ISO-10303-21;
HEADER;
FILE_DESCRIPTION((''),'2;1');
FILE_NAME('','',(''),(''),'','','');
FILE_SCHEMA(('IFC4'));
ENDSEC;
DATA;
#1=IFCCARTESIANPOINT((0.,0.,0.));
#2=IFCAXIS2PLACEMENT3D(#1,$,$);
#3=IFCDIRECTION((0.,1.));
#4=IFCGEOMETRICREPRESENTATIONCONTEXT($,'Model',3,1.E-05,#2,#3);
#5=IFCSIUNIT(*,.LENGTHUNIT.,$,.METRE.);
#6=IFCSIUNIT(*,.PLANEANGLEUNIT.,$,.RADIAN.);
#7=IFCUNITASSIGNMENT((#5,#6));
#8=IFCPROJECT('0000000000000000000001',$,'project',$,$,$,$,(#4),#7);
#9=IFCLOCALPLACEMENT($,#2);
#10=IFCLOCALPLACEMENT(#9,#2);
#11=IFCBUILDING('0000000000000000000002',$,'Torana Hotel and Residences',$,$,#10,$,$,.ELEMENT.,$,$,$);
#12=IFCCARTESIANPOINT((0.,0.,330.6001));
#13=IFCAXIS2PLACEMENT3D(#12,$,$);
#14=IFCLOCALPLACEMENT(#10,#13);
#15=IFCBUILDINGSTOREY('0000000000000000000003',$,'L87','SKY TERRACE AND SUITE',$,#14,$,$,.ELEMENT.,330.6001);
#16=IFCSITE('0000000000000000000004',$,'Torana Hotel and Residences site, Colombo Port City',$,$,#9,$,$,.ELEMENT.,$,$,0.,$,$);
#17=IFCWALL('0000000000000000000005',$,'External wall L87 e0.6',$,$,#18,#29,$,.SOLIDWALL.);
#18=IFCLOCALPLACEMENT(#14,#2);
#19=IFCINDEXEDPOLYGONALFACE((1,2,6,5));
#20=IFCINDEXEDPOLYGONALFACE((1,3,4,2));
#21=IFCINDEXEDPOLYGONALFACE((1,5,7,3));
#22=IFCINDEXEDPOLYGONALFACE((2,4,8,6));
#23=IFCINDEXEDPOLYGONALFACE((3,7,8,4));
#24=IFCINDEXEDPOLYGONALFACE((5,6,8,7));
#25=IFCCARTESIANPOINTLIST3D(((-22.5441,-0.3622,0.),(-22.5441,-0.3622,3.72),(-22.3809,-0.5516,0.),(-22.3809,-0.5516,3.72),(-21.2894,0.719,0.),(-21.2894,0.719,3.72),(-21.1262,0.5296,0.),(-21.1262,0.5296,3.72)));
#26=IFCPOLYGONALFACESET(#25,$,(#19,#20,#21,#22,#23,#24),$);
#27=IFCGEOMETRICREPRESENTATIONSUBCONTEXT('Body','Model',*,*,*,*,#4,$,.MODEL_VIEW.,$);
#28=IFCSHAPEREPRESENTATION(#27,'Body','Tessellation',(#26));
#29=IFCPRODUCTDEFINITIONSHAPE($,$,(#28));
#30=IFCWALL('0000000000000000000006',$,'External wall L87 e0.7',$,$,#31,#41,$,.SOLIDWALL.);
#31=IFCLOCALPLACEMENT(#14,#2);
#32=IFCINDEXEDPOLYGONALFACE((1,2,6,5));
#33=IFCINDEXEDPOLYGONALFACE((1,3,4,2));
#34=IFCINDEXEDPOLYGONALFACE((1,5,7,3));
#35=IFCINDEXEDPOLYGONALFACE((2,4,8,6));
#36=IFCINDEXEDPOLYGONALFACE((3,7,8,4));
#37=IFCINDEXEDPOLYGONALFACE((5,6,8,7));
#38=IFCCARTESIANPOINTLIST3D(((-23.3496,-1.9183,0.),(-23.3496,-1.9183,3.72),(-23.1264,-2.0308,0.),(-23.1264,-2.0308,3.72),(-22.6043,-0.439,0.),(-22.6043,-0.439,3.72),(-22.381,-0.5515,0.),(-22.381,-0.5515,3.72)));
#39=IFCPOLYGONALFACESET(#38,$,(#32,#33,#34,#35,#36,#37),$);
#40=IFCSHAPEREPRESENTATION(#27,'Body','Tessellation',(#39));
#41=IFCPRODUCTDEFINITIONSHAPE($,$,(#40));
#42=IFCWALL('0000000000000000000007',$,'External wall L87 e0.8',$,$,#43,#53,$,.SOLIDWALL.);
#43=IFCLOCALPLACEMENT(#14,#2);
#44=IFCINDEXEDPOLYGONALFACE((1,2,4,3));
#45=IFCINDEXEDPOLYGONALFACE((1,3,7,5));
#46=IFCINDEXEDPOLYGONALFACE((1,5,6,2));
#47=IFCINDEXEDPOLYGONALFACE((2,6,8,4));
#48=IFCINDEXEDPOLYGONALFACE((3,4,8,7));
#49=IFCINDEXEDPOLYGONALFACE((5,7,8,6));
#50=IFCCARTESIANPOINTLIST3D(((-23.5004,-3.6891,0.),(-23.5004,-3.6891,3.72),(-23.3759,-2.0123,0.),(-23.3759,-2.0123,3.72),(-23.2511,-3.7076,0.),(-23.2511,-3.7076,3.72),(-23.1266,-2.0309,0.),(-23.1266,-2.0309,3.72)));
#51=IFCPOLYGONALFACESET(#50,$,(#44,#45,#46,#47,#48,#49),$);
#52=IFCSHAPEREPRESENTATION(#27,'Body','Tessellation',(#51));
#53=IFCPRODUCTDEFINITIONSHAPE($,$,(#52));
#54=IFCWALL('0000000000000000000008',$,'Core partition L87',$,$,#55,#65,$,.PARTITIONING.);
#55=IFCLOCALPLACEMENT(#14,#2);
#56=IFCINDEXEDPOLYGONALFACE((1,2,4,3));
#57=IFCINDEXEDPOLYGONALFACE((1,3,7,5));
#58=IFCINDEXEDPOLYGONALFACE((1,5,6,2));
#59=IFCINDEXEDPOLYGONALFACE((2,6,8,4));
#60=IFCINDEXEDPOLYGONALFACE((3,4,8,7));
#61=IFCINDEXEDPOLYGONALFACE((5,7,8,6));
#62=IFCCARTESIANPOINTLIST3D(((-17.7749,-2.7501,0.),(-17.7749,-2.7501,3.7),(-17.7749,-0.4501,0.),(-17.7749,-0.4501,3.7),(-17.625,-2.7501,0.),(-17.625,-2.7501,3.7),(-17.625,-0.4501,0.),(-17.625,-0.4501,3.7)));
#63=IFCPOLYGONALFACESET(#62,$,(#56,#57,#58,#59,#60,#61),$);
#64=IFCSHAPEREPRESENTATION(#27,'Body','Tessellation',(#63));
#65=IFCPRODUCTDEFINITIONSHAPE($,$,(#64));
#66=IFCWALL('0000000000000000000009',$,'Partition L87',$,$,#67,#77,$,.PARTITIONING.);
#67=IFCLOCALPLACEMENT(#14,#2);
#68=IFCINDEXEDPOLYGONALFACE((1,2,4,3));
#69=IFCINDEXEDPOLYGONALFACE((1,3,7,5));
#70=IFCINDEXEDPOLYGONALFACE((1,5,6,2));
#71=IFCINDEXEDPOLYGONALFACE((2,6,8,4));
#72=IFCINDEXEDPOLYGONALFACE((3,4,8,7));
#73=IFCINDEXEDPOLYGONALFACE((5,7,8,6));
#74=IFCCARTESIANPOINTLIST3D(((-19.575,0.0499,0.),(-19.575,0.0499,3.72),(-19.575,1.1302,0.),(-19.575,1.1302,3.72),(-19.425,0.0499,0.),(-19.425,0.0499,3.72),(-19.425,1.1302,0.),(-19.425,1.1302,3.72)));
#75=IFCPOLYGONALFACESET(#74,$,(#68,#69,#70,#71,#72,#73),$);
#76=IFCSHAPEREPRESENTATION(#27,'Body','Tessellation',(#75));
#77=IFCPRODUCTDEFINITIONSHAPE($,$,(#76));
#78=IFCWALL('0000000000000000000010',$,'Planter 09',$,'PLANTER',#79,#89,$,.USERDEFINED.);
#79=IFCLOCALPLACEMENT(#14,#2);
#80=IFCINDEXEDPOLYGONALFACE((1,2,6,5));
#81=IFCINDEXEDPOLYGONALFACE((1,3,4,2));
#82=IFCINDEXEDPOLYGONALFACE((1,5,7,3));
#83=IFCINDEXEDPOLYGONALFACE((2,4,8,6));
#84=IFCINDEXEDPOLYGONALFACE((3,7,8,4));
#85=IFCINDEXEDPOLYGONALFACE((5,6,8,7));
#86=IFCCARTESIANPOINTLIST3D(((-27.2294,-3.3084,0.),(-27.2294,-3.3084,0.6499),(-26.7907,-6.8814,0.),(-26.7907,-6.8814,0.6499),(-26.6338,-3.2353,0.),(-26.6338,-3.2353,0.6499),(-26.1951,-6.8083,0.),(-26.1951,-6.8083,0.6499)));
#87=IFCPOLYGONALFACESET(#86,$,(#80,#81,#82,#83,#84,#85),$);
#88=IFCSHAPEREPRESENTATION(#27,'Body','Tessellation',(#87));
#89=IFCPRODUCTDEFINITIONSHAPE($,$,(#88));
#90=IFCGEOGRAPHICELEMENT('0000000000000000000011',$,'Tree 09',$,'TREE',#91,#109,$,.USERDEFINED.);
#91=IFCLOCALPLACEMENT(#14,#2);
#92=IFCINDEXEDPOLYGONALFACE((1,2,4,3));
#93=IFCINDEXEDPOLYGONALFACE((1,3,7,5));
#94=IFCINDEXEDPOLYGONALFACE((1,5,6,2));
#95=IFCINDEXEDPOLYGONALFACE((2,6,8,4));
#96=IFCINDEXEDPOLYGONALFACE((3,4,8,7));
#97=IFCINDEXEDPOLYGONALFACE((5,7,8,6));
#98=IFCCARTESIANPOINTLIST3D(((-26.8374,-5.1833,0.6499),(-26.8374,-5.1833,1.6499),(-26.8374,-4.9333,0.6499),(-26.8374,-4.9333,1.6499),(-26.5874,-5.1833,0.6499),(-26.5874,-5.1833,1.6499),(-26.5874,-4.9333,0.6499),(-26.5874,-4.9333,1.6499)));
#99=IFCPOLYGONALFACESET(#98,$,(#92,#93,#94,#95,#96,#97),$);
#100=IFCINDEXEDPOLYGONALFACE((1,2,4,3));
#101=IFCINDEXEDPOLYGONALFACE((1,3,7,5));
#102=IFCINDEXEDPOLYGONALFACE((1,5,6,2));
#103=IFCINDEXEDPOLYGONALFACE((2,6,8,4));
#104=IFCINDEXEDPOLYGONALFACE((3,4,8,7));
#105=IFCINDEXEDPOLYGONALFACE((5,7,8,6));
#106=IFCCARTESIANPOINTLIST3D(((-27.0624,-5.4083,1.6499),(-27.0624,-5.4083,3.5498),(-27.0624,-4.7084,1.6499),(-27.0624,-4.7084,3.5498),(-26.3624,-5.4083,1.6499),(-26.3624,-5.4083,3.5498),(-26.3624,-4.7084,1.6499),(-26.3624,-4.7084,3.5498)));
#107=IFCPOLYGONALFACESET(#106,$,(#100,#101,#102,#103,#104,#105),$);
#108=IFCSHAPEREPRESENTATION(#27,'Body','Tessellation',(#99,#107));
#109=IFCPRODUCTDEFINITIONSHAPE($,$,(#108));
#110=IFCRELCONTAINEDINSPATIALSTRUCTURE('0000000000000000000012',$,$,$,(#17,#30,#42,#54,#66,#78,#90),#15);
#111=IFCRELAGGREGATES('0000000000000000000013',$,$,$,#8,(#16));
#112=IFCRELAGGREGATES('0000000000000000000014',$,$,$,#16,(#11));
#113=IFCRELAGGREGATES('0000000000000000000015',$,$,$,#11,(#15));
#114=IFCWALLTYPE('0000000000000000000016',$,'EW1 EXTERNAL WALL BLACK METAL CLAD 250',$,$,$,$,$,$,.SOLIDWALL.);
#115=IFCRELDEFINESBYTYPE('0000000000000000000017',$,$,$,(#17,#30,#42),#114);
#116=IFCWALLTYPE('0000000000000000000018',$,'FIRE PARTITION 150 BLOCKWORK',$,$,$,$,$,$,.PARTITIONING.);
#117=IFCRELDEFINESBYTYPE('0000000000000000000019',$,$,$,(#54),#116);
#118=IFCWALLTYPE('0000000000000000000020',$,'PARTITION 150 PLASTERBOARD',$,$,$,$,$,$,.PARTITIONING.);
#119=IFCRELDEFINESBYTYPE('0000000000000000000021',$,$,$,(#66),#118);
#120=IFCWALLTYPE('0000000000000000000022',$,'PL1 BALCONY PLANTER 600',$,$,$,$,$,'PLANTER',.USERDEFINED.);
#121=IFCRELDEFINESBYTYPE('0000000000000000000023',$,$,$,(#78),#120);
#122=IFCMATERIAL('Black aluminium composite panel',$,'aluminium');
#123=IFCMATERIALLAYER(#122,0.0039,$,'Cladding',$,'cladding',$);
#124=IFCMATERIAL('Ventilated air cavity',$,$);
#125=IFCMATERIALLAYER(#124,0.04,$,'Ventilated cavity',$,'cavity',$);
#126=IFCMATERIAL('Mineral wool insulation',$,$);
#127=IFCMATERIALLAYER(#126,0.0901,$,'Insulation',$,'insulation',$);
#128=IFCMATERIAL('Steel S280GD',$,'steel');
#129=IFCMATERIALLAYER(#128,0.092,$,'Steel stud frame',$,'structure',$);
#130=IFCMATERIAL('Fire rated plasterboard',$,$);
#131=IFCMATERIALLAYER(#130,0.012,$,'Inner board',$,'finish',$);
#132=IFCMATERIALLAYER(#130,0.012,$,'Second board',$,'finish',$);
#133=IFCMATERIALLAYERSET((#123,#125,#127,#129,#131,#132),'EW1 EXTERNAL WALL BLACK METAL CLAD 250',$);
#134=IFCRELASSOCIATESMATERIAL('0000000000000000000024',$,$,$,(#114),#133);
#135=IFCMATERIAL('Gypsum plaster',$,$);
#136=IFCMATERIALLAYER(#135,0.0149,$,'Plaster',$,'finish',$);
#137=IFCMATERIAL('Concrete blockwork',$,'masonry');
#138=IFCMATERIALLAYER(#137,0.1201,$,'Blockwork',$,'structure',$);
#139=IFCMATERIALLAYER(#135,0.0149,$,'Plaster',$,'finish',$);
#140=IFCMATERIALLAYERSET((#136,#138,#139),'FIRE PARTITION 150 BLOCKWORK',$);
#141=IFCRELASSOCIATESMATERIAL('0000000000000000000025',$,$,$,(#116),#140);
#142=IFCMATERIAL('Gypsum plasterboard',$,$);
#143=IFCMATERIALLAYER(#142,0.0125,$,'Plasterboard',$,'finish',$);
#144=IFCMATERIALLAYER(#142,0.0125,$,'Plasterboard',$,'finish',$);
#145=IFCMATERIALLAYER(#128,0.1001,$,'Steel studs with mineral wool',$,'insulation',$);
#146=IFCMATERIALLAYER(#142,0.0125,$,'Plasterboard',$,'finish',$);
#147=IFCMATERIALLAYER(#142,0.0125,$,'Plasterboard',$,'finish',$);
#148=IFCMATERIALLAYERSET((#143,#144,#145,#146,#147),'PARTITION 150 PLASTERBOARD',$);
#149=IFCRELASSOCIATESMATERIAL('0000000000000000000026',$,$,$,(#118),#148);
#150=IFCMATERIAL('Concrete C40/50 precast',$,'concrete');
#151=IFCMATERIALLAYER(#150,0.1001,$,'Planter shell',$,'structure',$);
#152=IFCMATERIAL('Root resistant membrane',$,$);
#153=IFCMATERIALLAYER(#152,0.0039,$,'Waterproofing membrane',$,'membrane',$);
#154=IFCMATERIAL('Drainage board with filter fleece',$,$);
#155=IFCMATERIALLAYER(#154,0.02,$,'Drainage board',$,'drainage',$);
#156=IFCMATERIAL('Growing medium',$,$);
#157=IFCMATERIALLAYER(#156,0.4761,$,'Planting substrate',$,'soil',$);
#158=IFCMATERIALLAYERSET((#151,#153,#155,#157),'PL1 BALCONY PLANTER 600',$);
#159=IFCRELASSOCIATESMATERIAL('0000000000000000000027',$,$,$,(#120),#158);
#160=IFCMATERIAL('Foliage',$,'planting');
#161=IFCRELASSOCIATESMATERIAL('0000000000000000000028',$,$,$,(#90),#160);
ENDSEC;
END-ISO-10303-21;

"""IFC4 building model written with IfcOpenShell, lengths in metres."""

from ifc_helpers import new_model, si_unit, direction, frame, frame_2d, origin, origin_2d, place, context, subcontext, project, spatial, rectangle, extrude, material, layer, layer_set, type_object, element, save


model = new_model("IFC4")

# Units and contexts
model_context = context("Model", 3, precision=1e-05, world=origin(), true_north=direction((0.0, 1.0)))
body_context = subcontext(model_context, "Body", "Model", "MODEL_VIEW")
ifc_project = project(units=[si_unit("LENGTHUNIT", "METRE"), si_unit("PLANEANGLEUNIT", "RADIAN")], contexts=[model_context])

# Site, building, storey
site_placement = place(None, origin())
site = spatial("IfcSite", under=ifc_project, at=site_placement, Name="Torana Hotel and Residences site, Colombo Port City", CompositionType="ELEMENT", RefElevation=0.0)
building_placement = place(site_placement, origin())
building = spatial("IfcBuilding", under=site, at=building_placement, Name="Torana Hotel and Residences", CompositionType="ELEMENT")
storey_placement = place(building_placement, frame((0.0, 0.0, 330.6001)))
storey = spatial("IfcBuildingStorey", under=building, at=storey_placement, Name="L87", Description="SKY TERRACE AND SUITE", CompositionType="ELEMENT", Elevation=330.6001)

# Walls
ifc_material_1 = material(Name="Black aluminium composite panel", Category="aluminium")
ifc_layer_1 = layer(ifc_material_1, 0.0039, Name="Cladding", Category="cladding")
ifc_material_2 = material(Name="Ventilated air cavity")
ifc_layer_2 = layer(ifc_material_2, 0.04, Name="Ventilated cavity", Category="cavity")
ifc_material_3 = material(Name="Mineral wool insulation")
ifc_layer_3 = layer(ifc_material_3, 0.0901, Name="Insulation", Category="insulation")
ifc_material_4 = material(Name="Steel S280GD", Category="steel")
ifc_layer_4 = layer(ifc_material_4, 0.092, Name="Steel stud frame", Category="structure")
ifc_material_5 = material(Name="Fire rated plasterboard")
ifc_layer_5 = layer(ifc_material_5, 0.012, Name="Inner board", Category="finish")
ifc_layer_6 = layer(ifc_material_5, 0.012, Name="Second board", Category="finish")
ifc_layer_set_1 = layer_set([ifc_layer_1, ifc_layer_2, ifc_layer_3, ifc_layer_4, ifc_layer_5, ifc_layer_6], Name="EW1 EXTERNAL WALL BLACK METAL CLAD 250")
wall_type_1 = type_object("IfcWallType", Name="EW1 EXTERNAL WALL BLACK METAL CLAD 250", PredefinedType="SOLIDWALL", material=ifc_layer_set_1)
wall_1_placement = place(storey_placement, frame((-21.2078, 0.6243, 0.0), z_axis=(0.0, 0.0, 1.0), x_axis=(-0.757568, -0.652756, 0.0)))
element("IfcWall", 1, at=wall_1_placement, inside=storey, type_object=wall_type_1, Name="External wall L87 e0.6", PredefinedType="SOLIDWALL", context=body_context, shape_type="SweptSolid", body=[
    extrude(rectangle(XDim=1.6562, YDim=0.25, at=frame_2d((0.8281, 0.0))), origin(), (0.0, 0.0, 1.0), 3.72),
])
wall_2_placement = place(storey_placement, frame((-22.4927, -0.4954, 0.0), z_axis=(0.0, 0.0, 1.0), x_axis=(-0.449982, -0.893037, 0.0)))
element("IfcWall", 2, at=wall_2_placement, inside=storey, type_object=wall_type_1, Name="External wall L87 e0.7", PredefinedType="SOLIDWALL", context=body_context, shape_type="SweptSolid", body=[
    extrude(rectangle(XDim=1.6565, YDim=0.25, at=frame_2d((0.8281, 0.0))), origin(), (0.0, 0.0, 1.0), 3.72),
])
wall_3_placement = place(storey_placement, frame((-23.2512, -2.0215, 0.0), z_axis=(0.0, 0.0, 1.0), x_axis=(-0.074054, -0.997254, 0.0)))
element("IfcWall", 3, at=wall_3_placement, inside=storey, type_object=wall_type_1, Name="External wall L87 e0.8", PredefinedType="SOLIDWALL", context=body_context, shape_type="SweptSolid", body=[
    extrude(rectangle(XDim=1.6814, YDim=0.25, at=frame_2d((0.8408, 0.0))), origin(), (0.0, 0.0, 1.0), 3.72),
])

# Walls
ifc_material_6 = material(Name="Gypsum plaster")
ifc_layer_7 = layer(ifc_material_6, 0.0149, Name="Plaster", Category="finish")
ifc_material_7 = material(Name="Concrete blockwork", Category="masonry")
ifc_layer_8 = layer(ifc_material_7, 0.1201, Name="Blockwork", Category="structure")
ifc_layer_9 = layer(ifc_material_6, 0.0149, Name="Plaster", Category="finish")
ifc_layer_set_2 = layer_set([ifc_layer_7, ifc_layer_8, ifc_layer_9], Name="FIRE PARTITION 150 BLOCKWORK")
wall_type_2 = type_object("IfcWallType", Name="FIRE PARTITION 150 BLOCKWORK", PredefinedType="PARTITIONING", material=ifc_layer_set_2)
wall_4_placement = place(storey_placement, frame((-17.7, -2.75, 0.0), z_axis=(0.0, 0.0, 1.0), x_axis=(0.0, 1.0, 0.0)))
element("IfcWall", 4, at=wall_4_placement, inside=storey, type_object=wall_type_2, Name="Core partition L87", PredefinedType="PARTITIONING", context=body_context, shape_type="SweptSolid", body=[
    extrude(rectangle(XDim=2.3, YDim=0.1499, at=frame_2d((1.1499, 0.0))), origin(), (0.0, 0.0, 1.0), 3.7),
])
ifc_material_8 = material(Name="Gypsum plasterboard")
ifc_layer_10 = layer(ifc_material_8, 0.0125, Name="Plasterboard", Category="finish")
ifc_layer_11 = layer(ifc_material_8, 0.0125, Name="Plasterboard", Category="finish")
ifc_layer_12 = layer(ifc_material_4, 0.1001, Name="Steel studs with mineral wool", Category="insulation")
ifc_layer_13 = layer(ifc_material_8, 0.0125, Name="Plasterboard", Category="finish")
ifc_layer_14 = layer(ifc_material_8, 0.0125, Name="Plasterboard", Category="finish")
ifc_layer_set_3 = layer_set([ifc_layer_10, ifc_layer_11, ifc_layer_12, ifc_layer_13, ifc_layer_14], Name="PARTITION 150 PLASTERBOARD")
wall_type_3 = type_object("IfcWallType", Name="PARTITION 150 PLASTERBOARD", PredefinedType="PARTITIONING", material=ifc_layer_set_3)
wall_5_placement = place(storey_placement, frame((-19.5, 0.05, 0.0), z_axis=(0.0, 0.0, 1.0), x_axis=(0.0, 1.0, 0.0)))
element("IfcWall", 5, at=wall_5_placement, inside=storey, type_object=wall_type_3, Name="Partition L87", PredefinedType="PARTITIONING", context=body_context, shape_type="SweptSolid", body=[
    extrude(rectangle(XDim=1.0803, YDim=0.1499, at=frame_2d((0.54, 0.0))), origin(), (0.0, 0.0, 1.0), 3.72),
])
ifc_material_9 = material(Name="Concrete C40/50 precast", Category="concrete")
ifc_layer_15 = layer(ifc_material_9, 0.1001, Name="Planter shell", Category="structure")
ifc_material_10 = material(Name="Root resistant membrane")
ifc_layer_16 = layer(ifc_material_10, 0.0039, Name="Waterproofing membrane", Category="membrane")
ifc_material_11 = material(Name="Drainage board with filter fleece")
ifc_layer_17 = layer(ifc_material_11, 0.02, Name="Drainage board", Category="drainage")
ifc_material_12 = material(Name="Growing medium")
ifc_layer_18 = layer(ifc_material_12, 0.4761, Name="Planting substrate", Category="soil")
ifc_layer_set_4 = layer_set([ifc_layer_15, ifc_layer_16, ifc_layer_17, ifc_layer_18], Name="PL1 BALCONY PLANTER 600")
wall_type_4 = type_object("IfcWallType", Name="PL1 BALCONY PLANTER 600", ElementType="PLANTER", PredefinedType="USERDEFINED", material=ifc_layer_set_4)
wall_6_placement = place(storey_placement, frame((-26.4929, -6.8447, 0.0), z_axis=(0.0, 0.0, 1.0), x_axis=(-0.121873, 0.992546, 0.0)))
element("IfcWall", 6, at=wall_6_placement, inside=storey, type_object=wall_type_4, Name="Planter 09", ObjectType="PLANTER", PredefinedType="USERDEFINED", context=body_context, shape_type="SweptSolid", body=[
    extrude(rectangle(XDim=3.5999, YDim=0.6001, at=frame_2d((1.7998, 0.0))), origin(), (0.0, 0.0, 1.0), 0.6499),
])

# Geographic element
ifc_material_13 = material(Name="Foliage", Category="planting")
geographic_element_placement = place(storey_placement, frame((-26.7124, -5.0583, 0.6499), z_axis=(0.0, 0.0, 1.0), x_axis=(1.0, 0.0, 0.0)))
element("IfcGeographicElement", 7, at=geographic_element_placement, inside=storey, material=ifc_material_13, Name="Tree 09", ObjectType="TREE", PredefinedType="USERDEFINED", context=body_context, shape_type="SweptSolid", body=[
    extrude(rectangle(XDim=0.25, YDim=0.25, at=origin_2d()), origin(), (0.0, 0.0, 1.0), 1.0),
    extrude(rectangle(XDim=0.7, YDim=0.7, at=origin_2d()), frame((0.0, 0.0, 1.0)), (0.0, 0.0, 1.0), 1.8999),
])

save(model, "model.ifc")
